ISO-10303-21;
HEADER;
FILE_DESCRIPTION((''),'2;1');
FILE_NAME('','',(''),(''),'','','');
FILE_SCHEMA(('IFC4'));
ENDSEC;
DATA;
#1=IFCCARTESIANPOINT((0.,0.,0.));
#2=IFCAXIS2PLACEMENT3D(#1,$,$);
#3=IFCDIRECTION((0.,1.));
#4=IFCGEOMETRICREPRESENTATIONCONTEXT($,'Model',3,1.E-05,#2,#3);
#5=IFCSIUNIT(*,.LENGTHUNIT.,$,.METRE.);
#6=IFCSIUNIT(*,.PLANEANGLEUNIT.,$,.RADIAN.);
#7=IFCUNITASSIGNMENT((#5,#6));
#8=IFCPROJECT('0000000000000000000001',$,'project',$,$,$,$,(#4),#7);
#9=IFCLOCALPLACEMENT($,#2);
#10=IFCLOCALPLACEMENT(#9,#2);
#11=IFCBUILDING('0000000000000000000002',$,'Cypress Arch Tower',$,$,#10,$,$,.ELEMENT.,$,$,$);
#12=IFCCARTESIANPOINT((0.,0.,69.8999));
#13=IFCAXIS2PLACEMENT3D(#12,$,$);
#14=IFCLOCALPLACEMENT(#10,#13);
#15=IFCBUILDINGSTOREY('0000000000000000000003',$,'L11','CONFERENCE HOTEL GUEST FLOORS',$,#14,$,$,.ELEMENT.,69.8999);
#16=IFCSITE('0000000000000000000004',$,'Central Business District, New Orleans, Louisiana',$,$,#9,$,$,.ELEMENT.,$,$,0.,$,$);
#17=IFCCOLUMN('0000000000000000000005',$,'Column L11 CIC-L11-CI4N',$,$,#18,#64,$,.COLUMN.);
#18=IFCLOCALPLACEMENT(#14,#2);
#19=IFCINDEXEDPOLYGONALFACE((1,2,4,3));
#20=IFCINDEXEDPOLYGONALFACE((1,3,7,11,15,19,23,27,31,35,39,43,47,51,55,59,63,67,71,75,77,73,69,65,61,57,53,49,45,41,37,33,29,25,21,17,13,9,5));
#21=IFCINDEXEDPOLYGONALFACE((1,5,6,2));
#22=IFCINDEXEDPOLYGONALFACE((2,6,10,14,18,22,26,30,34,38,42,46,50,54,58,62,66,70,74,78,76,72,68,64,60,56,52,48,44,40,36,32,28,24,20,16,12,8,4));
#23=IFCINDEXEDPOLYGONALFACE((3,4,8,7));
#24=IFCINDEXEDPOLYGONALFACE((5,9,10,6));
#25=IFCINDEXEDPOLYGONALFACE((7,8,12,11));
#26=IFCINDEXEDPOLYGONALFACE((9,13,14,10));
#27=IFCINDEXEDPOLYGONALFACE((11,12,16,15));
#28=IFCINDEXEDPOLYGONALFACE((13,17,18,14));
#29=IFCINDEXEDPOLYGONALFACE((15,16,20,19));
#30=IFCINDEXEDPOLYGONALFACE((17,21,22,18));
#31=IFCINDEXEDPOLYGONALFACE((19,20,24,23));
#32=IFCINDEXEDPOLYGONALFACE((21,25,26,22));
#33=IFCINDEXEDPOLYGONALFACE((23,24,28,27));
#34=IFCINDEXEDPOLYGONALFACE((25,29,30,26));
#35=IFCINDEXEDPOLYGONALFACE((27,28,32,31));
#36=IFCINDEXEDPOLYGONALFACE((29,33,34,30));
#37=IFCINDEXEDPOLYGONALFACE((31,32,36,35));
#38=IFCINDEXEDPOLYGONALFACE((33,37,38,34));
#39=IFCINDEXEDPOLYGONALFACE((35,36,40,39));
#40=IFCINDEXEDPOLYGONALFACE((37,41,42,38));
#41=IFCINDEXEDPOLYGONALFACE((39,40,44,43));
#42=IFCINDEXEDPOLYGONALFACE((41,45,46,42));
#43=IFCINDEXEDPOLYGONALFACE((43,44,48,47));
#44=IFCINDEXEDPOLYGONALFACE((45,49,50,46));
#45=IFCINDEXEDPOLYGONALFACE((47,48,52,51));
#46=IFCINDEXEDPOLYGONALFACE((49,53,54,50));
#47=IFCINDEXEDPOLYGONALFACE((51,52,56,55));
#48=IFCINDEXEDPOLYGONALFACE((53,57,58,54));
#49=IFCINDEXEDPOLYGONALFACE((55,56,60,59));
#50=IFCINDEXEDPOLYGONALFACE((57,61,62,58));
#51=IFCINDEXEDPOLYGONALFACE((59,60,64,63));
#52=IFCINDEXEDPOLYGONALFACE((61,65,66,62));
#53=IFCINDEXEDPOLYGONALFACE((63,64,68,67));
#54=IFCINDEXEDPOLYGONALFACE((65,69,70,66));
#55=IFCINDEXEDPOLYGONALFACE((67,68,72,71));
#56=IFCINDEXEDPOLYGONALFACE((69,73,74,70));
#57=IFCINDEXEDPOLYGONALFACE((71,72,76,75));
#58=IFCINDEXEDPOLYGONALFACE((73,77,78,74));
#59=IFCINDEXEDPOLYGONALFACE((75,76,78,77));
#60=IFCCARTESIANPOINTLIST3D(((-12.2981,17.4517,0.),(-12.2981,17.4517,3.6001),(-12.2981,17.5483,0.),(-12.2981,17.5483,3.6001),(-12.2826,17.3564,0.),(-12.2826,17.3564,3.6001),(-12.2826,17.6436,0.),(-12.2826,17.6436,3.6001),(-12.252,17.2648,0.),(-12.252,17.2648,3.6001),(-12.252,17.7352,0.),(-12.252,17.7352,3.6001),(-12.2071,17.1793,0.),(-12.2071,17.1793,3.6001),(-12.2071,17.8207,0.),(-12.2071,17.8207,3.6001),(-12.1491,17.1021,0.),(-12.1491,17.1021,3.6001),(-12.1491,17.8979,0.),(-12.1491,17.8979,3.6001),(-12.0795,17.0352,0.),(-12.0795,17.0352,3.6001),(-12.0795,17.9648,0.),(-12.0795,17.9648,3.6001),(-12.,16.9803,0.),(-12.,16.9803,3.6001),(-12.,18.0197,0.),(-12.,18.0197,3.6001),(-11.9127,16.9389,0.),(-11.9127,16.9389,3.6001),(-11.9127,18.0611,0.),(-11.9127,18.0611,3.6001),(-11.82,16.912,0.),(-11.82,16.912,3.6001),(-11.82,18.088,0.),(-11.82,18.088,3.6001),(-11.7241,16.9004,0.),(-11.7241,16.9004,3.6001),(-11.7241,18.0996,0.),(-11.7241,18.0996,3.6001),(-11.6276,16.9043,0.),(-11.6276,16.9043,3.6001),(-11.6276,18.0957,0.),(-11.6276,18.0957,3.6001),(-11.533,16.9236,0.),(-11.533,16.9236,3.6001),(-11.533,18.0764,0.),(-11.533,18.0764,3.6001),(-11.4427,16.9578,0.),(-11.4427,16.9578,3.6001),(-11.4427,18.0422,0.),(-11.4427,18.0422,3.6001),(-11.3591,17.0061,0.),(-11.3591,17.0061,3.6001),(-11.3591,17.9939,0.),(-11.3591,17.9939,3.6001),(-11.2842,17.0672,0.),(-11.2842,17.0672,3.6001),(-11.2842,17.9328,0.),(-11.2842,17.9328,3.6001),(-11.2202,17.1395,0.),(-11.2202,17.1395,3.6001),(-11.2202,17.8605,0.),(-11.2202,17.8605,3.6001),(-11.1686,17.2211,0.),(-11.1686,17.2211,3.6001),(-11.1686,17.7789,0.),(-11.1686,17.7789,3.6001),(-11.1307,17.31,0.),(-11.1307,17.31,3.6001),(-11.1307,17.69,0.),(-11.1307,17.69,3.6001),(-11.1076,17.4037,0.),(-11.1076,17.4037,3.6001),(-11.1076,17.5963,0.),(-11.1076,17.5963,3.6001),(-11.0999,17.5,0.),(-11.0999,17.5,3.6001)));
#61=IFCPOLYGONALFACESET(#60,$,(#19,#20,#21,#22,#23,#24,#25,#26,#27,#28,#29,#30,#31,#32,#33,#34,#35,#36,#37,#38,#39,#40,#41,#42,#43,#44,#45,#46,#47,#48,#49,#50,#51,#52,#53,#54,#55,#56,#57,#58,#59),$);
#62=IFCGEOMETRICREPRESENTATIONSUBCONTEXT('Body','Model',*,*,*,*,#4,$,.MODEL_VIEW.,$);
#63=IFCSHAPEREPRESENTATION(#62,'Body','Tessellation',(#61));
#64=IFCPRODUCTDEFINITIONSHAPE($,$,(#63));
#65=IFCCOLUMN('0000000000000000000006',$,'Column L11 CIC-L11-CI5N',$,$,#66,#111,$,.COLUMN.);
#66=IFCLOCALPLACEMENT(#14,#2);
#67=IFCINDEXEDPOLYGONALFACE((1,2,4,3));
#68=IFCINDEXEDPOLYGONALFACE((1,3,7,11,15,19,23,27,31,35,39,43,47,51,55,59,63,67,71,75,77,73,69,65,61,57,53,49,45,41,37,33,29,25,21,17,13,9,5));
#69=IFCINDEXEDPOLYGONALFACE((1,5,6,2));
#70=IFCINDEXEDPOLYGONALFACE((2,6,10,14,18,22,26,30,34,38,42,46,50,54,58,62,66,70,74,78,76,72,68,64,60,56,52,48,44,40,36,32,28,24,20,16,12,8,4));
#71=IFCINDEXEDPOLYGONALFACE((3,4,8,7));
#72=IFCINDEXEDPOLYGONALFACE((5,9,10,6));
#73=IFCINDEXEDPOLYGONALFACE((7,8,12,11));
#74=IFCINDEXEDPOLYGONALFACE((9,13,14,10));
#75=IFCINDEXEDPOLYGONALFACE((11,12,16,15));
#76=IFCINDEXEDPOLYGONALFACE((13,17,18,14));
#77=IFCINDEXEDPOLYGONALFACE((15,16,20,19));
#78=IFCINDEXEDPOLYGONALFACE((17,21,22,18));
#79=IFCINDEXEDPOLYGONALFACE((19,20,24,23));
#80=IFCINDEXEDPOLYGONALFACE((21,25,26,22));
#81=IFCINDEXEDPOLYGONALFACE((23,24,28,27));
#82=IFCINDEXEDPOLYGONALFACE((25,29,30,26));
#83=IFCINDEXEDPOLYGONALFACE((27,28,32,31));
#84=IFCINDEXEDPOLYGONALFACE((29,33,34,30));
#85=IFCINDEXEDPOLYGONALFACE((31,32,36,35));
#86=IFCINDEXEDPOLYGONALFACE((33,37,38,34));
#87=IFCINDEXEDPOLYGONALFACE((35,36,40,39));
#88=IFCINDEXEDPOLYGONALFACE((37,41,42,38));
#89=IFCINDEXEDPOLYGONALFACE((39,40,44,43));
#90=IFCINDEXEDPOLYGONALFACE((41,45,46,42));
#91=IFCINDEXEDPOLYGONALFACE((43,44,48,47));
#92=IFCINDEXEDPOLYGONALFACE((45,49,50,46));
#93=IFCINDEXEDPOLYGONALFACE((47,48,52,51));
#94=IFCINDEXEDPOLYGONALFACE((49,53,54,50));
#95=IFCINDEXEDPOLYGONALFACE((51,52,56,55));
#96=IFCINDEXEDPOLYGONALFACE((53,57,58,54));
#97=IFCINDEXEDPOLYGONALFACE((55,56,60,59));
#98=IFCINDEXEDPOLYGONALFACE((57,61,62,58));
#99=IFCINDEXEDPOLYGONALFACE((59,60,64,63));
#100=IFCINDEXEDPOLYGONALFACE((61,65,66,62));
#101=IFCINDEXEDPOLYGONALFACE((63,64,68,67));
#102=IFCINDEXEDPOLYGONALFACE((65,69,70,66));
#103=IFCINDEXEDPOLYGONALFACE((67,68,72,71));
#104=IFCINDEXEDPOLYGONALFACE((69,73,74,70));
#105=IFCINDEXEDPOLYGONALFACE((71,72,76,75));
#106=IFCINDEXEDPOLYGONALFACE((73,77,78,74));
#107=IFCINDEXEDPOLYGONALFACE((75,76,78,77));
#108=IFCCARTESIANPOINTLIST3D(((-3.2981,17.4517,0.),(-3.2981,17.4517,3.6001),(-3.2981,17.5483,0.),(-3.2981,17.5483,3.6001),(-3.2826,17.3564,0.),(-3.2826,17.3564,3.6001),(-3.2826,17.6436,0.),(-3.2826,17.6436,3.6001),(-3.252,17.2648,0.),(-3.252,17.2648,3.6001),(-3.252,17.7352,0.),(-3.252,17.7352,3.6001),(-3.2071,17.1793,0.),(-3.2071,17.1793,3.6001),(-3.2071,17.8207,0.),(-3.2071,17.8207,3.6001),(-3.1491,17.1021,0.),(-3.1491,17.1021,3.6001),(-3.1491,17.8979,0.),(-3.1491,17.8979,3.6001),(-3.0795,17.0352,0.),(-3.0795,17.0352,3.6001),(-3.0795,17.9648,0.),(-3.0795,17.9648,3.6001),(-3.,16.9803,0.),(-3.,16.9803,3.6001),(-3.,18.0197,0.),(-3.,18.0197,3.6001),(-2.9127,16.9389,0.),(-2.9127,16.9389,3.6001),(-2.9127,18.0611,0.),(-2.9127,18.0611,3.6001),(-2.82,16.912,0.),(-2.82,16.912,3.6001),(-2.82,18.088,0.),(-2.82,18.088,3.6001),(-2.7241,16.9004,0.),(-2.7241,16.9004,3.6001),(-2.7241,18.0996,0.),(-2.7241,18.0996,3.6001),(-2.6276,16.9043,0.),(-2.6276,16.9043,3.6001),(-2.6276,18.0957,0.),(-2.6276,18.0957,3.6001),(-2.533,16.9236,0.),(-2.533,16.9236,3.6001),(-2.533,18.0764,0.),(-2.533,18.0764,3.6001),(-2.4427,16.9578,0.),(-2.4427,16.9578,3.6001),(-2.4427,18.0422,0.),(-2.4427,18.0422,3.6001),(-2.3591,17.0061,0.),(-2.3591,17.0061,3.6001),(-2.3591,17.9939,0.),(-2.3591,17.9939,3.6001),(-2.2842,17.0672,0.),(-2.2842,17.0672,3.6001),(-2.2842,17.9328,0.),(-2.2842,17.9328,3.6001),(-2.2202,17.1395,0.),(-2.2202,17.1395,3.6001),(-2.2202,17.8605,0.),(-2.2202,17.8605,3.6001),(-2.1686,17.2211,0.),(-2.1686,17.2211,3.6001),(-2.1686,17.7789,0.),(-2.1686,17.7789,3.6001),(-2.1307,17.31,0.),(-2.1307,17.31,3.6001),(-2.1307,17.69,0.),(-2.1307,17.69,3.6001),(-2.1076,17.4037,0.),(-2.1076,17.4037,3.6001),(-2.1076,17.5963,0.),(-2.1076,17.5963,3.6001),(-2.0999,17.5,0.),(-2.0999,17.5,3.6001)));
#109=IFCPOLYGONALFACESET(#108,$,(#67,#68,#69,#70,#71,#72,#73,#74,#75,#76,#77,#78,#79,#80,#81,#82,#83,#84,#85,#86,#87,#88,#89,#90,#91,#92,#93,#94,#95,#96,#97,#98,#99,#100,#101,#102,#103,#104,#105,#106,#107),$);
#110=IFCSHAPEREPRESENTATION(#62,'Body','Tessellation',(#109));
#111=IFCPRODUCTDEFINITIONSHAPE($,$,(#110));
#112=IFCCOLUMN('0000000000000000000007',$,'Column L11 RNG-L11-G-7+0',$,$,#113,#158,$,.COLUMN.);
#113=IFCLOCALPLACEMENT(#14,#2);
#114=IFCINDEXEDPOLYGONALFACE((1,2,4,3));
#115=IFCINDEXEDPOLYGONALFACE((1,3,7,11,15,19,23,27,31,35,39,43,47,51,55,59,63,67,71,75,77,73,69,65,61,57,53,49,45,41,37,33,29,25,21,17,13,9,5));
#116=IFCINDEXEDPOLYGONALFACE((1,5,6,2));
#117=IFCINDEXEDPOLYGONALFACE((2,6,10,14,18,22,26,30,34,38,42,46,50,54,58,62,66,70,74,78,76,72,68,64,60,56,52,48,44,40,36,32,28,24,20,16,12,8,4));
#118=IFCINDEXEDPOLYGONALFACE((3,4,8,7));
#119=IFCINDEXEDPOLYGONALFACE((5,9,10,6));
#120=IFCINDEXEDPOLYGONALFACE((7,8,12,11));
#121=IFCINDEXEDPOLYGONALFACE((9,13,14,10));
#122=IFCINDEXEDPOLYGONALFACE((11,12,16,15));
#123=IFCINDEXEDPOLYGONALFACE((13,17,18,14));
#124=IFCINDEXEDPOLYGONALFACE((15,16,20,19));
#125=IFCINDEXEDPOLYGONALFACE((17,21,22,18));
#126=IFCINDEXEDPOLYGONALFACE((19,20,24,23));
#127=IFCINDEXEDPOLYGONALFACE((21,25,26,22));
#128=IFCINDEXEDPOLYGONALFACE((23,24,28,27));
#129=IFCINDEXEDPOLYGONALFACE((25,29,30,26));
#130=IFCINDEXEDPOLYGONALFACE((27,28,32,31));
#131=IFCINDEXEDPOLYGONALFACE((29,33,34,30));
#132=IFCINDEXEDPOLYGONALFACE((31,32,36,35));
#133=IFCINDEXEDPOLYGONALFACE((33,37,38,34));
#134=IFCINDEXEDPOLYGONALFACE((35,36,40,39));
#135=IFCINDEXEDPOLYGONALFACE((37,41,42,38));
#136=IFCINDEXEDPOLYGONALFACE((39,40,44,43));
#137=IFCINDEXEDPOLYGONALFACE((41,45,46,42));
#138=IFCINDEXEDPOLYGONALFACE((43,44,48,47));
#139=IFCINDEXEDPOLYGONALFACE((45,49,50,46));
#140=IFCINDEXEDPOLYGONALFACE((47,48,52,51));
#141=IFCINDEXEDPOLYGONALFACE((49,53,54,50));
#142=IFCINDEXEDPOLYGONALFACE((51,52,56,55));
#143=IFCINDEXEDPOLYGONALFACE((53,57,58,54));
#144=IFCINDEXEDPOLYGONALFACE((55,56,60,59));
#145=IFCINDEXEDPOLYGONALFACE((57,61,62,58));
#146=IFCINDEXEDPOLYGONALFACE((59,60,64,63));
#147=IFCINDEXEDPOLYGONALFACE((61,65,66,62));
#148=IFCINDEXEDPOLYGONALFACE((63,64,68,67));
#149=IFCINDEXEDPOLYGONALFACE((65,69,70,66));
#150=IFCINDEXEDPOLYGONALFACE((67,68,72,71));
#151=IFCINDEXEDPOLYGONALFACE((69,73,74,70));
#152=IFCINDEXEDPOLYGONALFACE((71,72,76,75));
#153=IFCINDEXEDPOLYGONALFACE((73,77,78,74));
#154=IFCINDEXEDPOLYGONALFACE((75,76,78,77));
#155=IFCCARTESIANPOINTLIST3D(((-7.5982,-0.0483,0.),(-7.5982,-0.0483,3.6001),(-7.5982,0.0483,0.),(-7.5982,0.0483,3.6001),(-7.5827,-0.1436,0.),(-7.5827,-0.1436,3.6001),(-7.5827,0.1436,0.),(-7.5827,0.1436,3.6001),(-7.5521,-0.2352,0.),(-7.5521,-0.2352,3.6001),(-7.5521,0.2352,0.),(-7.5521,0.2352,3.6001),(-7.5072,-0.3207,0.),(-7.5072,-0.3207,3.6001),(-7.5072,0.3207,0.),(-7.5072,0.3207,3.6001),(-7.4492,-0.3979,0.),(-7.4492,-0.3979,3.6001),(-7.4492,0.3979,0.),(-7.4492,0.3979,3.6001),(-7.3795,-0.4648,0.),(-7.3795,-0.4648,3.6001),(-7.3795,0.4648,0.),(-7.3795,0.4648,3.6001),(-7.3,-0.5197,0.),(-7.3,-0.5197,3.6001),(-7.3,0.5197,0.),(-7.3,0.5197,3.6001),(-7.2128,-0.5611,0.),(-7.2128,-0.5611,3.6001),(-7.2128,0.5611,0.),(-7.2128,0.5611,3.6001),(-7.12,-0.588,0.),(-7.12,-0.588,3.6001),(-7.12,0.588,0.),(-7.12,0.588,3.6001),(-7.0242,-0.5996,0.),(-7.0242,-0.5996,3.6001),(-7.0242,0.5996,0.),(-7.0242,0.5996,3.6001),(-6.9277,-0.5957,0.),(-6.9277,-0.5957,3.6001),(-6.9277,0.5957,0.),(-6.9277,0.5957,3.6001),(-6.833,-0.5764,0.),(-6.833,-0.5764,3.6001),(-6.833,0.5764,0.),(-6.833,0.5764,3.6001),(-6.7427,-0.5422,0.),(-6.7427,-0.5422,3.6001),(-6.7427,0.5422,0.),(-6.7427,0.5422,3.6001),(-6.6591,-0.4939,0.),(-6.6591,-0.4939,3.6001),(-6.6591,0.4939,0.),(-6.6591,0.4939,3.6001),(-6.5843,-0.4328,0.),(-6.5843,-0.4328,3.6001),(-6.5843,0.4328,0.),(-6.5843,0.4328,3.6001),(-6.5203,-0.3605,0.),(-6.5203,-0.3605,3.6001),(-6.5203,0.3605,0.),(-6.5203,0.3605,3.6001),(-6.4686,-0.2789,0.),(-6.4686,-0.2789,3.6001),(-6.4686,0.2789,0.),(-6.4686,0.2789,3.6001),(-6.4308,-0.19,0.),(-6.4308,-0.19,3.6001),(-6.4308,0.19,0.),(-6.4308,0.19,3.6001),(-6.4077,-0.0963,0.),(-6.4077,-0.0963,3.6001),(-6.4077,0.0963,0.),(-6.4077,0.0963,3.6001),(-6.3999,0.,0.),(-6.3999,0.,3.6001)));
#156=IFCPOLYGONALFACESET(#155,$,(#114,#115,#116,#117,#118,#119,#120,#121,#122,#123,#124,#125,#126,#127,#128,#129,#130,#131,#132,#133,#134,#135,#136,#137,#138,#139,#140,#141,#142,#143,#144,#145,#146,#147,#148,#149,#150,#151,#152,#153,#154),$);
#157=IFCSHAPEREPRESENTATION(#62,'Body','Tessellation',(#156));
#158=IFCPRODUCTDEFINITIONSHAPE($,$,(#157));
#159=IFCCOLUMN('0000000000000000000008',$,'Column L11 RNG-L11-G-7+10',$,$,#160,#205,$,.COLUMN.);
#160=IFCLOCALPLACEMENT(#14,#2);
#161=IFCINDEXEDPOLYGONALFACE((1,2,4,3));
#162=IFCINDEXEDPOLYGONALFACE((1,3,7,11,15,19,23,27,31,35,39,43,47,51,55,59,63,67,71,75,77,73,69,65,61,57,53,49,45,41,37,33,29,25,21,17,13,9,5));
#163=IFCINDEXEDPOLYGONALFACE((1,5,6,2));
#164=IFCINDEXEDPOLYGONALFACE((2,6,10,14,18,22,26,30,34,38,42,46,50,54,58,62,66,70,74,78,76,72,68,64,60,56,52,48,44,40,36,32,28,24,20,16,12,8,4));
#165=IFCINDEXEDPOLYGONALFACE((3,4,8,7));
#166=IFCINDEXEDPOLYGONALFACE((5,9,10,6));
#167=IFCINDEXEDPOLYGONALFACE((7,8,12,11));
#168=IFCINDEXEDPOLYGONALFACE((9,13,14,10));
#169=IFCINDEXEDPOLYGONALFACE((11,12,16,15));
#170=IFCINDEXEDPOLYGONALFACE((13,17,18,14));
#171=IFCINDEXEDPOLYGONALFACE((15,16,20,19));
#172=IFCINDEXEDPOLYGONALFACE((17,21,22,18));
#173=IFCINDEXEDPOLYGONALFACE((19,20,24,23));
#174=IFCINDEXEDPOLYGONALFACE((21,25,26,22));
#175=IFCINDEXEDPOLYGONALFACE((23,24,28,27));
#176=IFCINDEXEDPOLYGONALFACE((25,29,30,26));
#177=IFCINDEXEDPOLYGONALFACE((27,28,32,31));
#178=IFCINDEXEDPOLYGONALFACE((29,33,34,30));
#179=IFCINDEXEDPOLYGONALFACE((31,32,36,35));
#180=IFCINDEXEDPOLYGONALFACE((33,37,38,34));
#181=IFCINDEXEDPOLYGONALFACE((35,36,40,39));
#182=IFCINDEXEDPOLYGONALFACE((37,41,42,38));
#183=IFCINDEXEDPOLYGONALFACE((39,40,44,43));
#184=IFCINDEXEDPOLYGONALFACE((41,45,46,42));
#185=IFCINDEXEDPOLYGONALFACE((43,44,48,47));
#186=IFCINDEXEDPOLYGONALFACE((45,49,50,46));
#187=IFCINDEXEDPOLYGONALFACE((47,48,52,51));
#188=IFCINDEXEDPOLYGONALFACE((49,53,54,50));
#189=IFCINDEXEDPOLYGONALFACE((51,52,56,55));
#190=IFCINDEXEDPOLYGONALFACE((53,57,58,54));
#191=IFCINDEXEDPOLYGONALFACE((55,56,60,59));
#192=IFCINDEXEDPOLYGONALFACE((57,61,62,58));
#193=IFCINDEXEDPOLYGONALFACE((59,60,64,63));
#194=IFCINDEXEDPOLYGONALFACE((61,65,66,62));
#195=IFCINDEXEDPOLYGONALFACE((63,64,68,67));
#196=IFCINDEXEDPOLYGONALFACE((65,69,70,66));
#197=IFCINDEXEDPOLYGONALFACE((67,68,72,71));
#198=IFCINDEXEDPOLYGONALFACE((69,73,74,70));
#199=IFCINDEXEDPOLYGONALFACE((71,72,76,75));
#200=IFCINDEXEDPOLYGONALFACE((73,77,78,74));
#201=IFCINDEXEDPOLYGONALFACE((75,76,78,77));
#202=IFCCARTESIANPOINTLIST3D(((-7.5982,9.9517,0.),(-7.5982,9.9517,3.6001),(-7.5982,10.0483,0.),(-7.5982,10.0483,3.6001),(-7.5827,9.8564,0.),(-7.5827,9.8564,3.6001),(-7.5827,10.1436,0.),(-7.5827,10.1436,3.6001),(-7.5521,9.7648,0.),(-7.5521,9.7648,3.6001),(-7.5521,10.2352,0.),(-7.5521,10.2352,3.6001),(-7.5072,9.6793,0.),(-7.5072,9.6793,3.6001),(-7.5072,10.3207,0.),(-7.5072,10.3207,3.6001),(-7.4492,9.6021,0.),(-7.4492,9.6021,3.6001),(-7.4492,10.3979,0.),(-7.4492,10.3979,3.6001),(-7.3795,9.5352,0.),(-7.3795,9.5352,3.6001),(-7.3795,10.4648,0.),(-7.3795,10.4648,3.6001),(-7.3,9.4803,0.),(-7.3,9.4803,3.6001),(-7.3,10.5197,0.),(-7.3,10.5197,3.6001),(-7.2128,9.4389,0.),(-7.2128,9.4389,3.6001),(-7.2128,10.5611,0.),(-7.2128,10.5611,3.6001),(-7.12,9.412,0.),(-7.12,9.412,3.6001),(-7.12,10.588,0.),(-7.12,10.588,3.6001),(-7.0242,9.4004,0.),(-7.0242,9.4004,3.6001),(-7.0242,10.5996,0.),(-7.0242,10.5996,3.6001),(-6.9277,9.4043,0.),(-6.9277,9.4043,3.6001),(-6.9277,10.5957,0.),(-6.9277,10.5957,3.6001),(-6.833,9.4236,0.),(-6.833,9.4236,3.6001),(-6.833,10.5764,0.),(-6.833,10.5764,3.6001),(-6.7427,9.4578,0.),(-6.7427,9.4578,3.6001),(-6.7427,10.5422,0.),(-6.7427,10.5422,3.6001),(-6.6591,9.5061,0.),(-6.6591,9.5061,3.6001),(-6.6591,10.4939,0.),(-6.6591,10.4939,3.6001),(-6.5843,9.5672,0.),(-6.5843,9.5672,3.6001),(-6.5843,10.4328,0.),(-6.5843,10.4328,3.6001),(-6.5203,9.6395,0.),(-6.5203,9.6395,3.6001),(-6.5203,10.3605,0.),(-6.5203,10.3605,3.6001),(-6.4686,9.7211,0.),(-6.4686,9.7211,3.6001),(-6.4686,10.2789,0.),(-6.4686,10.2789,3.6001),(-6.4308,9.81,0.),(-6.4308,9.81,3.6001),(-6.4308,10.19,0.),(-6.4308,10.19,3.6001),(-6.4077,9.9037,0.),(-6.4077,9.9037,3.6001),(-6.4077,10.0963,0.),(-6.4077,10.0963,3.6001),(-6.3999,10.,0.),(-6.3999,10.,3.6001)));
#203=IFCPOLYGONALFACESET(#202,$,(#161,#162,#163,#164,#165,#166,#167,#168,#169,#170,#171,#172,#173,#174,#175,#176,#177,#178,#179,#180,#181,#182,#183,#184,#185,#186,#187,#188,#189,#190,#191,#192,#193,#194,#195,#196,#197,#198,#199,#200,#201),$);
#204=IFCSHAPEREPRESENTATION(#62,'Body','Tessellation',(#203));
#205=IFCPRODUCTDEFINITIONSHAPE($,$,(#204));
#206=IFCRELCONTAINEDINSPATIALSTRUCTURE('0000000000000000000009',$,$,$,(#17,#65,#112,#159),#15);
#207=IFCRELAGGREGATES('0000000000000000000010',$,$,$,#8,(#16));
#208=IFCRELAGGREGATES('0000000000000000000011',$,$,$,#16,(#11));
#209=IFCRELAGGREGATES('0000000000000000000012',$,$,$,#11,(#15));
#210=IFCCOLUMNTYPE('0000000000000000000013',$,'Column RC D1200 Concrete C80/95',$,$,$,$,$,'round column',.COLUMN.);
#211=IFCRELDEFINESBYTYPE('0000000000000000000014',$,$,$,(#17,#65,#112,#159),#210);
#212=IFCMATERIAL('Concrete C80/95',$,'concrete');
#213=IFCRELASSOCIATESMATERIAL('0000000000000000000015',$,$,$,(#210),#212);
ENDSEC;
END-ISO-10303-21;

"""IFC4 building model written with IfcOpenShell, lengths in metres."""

from ifc_helpers import new_model, si_unit, direction, frame, origin, origin_2d, place, context, subcontext, project, spatial, circle, extrude, material, material_profile, profile_set, type_object, element, save


model = new_model("IFC4")

# Units and contexts
model_context = context("Model", 3, precision=1e-05, world=origin(), true_north=direction((0.0, 1.0)))
body_context = subcontext(model_context, "Body", "Model", "MODEL_VIEW")
ifc_project = project(units=[si_unit("LENGTHUNIT", "METRE"), si_unit("PLANEANGLEUNIT", "RADIAN")], contexts=[model_context])

# Site, building, storey
site_placement = place(None, origin())
site = spatial("IfcSite", under=ifc_project, at=site_placement, Name="Central Business District, New Orleans, Louisiana", CompositionType="ELEMENT", RefElevation=0.0)
building_placement = place(site_placement, origin())
building = spatial("IfcBuilding", under=site, at=building_placement, Name="Cypress Arch Tower", CompositionType="ELEMENT")
storey_placement = place(building_placement, frame((0.0, 0.0, 69.8999)))
storey = spatial("IfcBuildingStorey", under=building, at=storey_placement, Name="L11", Description="CONFERENCE HOTEL GUEST FLOORS", CompositionType="ELEMENT", Elevation=69.8999)

# Columns
ifc_material_1 = material(Name="Concrete C80/95", Category="concrete")
ifc_material_profile_1 = material_profile(ifc_material_1, circle(Radius=0.6001, at=origin_2d()), Name="RC D1200")
ifc_profile_set_1 = profile_set([ifc_material_profile_1], Name="Concrete C80/95")
column_type = type_object("IfcColumnType", Name="Column RC D1200 Concrete C80/95", ElementType="round column", PredefinedType="COLUMN", material=ifc_profile_set_1)
for number, where, z_axis, x_axis, name in (
    (1, (-11.7, 17.5, 0.0), (0.0, 0.0, 1.0), (1.0, 0.0, 0.0), "Column L11 CIC-L11-CI4N"),
    (2, (-2.7, 17.5, 0.0), (0.0, 0.0, 1.0), (1.0, 0.0, 0.0), "Column L11 CIC-L11-CI5N"),
    (3, (-7.0, 0.0, 0.0), (0.0, 0.0, 1.0), (1.0, 0.0, 0.0), "Column L11 RNG-L11-G-7+0"),
    (4, (-7.0, 10.0, 0.0), (0.0, 0.0, 1.0), (1.0, 0.0, 0.0), "Column L11 RNG-L11-G-7+10"),
):
    element("IfcColumn", number, at=place(storey_placement, frame(where, z_axis=z_axis, x_axis=x_axis)), inside=storey, type_object=column_type, Name=name, PredefinedType="COLUMN", context=body_context, shape_type="SweptSolid", body=[
        extrude(circle(Radius=0.6001, at=origin_2d()), origin(), (0.0, 0.0, 1.0), 3.6001),
    ])

save(model, "model.ifc")
